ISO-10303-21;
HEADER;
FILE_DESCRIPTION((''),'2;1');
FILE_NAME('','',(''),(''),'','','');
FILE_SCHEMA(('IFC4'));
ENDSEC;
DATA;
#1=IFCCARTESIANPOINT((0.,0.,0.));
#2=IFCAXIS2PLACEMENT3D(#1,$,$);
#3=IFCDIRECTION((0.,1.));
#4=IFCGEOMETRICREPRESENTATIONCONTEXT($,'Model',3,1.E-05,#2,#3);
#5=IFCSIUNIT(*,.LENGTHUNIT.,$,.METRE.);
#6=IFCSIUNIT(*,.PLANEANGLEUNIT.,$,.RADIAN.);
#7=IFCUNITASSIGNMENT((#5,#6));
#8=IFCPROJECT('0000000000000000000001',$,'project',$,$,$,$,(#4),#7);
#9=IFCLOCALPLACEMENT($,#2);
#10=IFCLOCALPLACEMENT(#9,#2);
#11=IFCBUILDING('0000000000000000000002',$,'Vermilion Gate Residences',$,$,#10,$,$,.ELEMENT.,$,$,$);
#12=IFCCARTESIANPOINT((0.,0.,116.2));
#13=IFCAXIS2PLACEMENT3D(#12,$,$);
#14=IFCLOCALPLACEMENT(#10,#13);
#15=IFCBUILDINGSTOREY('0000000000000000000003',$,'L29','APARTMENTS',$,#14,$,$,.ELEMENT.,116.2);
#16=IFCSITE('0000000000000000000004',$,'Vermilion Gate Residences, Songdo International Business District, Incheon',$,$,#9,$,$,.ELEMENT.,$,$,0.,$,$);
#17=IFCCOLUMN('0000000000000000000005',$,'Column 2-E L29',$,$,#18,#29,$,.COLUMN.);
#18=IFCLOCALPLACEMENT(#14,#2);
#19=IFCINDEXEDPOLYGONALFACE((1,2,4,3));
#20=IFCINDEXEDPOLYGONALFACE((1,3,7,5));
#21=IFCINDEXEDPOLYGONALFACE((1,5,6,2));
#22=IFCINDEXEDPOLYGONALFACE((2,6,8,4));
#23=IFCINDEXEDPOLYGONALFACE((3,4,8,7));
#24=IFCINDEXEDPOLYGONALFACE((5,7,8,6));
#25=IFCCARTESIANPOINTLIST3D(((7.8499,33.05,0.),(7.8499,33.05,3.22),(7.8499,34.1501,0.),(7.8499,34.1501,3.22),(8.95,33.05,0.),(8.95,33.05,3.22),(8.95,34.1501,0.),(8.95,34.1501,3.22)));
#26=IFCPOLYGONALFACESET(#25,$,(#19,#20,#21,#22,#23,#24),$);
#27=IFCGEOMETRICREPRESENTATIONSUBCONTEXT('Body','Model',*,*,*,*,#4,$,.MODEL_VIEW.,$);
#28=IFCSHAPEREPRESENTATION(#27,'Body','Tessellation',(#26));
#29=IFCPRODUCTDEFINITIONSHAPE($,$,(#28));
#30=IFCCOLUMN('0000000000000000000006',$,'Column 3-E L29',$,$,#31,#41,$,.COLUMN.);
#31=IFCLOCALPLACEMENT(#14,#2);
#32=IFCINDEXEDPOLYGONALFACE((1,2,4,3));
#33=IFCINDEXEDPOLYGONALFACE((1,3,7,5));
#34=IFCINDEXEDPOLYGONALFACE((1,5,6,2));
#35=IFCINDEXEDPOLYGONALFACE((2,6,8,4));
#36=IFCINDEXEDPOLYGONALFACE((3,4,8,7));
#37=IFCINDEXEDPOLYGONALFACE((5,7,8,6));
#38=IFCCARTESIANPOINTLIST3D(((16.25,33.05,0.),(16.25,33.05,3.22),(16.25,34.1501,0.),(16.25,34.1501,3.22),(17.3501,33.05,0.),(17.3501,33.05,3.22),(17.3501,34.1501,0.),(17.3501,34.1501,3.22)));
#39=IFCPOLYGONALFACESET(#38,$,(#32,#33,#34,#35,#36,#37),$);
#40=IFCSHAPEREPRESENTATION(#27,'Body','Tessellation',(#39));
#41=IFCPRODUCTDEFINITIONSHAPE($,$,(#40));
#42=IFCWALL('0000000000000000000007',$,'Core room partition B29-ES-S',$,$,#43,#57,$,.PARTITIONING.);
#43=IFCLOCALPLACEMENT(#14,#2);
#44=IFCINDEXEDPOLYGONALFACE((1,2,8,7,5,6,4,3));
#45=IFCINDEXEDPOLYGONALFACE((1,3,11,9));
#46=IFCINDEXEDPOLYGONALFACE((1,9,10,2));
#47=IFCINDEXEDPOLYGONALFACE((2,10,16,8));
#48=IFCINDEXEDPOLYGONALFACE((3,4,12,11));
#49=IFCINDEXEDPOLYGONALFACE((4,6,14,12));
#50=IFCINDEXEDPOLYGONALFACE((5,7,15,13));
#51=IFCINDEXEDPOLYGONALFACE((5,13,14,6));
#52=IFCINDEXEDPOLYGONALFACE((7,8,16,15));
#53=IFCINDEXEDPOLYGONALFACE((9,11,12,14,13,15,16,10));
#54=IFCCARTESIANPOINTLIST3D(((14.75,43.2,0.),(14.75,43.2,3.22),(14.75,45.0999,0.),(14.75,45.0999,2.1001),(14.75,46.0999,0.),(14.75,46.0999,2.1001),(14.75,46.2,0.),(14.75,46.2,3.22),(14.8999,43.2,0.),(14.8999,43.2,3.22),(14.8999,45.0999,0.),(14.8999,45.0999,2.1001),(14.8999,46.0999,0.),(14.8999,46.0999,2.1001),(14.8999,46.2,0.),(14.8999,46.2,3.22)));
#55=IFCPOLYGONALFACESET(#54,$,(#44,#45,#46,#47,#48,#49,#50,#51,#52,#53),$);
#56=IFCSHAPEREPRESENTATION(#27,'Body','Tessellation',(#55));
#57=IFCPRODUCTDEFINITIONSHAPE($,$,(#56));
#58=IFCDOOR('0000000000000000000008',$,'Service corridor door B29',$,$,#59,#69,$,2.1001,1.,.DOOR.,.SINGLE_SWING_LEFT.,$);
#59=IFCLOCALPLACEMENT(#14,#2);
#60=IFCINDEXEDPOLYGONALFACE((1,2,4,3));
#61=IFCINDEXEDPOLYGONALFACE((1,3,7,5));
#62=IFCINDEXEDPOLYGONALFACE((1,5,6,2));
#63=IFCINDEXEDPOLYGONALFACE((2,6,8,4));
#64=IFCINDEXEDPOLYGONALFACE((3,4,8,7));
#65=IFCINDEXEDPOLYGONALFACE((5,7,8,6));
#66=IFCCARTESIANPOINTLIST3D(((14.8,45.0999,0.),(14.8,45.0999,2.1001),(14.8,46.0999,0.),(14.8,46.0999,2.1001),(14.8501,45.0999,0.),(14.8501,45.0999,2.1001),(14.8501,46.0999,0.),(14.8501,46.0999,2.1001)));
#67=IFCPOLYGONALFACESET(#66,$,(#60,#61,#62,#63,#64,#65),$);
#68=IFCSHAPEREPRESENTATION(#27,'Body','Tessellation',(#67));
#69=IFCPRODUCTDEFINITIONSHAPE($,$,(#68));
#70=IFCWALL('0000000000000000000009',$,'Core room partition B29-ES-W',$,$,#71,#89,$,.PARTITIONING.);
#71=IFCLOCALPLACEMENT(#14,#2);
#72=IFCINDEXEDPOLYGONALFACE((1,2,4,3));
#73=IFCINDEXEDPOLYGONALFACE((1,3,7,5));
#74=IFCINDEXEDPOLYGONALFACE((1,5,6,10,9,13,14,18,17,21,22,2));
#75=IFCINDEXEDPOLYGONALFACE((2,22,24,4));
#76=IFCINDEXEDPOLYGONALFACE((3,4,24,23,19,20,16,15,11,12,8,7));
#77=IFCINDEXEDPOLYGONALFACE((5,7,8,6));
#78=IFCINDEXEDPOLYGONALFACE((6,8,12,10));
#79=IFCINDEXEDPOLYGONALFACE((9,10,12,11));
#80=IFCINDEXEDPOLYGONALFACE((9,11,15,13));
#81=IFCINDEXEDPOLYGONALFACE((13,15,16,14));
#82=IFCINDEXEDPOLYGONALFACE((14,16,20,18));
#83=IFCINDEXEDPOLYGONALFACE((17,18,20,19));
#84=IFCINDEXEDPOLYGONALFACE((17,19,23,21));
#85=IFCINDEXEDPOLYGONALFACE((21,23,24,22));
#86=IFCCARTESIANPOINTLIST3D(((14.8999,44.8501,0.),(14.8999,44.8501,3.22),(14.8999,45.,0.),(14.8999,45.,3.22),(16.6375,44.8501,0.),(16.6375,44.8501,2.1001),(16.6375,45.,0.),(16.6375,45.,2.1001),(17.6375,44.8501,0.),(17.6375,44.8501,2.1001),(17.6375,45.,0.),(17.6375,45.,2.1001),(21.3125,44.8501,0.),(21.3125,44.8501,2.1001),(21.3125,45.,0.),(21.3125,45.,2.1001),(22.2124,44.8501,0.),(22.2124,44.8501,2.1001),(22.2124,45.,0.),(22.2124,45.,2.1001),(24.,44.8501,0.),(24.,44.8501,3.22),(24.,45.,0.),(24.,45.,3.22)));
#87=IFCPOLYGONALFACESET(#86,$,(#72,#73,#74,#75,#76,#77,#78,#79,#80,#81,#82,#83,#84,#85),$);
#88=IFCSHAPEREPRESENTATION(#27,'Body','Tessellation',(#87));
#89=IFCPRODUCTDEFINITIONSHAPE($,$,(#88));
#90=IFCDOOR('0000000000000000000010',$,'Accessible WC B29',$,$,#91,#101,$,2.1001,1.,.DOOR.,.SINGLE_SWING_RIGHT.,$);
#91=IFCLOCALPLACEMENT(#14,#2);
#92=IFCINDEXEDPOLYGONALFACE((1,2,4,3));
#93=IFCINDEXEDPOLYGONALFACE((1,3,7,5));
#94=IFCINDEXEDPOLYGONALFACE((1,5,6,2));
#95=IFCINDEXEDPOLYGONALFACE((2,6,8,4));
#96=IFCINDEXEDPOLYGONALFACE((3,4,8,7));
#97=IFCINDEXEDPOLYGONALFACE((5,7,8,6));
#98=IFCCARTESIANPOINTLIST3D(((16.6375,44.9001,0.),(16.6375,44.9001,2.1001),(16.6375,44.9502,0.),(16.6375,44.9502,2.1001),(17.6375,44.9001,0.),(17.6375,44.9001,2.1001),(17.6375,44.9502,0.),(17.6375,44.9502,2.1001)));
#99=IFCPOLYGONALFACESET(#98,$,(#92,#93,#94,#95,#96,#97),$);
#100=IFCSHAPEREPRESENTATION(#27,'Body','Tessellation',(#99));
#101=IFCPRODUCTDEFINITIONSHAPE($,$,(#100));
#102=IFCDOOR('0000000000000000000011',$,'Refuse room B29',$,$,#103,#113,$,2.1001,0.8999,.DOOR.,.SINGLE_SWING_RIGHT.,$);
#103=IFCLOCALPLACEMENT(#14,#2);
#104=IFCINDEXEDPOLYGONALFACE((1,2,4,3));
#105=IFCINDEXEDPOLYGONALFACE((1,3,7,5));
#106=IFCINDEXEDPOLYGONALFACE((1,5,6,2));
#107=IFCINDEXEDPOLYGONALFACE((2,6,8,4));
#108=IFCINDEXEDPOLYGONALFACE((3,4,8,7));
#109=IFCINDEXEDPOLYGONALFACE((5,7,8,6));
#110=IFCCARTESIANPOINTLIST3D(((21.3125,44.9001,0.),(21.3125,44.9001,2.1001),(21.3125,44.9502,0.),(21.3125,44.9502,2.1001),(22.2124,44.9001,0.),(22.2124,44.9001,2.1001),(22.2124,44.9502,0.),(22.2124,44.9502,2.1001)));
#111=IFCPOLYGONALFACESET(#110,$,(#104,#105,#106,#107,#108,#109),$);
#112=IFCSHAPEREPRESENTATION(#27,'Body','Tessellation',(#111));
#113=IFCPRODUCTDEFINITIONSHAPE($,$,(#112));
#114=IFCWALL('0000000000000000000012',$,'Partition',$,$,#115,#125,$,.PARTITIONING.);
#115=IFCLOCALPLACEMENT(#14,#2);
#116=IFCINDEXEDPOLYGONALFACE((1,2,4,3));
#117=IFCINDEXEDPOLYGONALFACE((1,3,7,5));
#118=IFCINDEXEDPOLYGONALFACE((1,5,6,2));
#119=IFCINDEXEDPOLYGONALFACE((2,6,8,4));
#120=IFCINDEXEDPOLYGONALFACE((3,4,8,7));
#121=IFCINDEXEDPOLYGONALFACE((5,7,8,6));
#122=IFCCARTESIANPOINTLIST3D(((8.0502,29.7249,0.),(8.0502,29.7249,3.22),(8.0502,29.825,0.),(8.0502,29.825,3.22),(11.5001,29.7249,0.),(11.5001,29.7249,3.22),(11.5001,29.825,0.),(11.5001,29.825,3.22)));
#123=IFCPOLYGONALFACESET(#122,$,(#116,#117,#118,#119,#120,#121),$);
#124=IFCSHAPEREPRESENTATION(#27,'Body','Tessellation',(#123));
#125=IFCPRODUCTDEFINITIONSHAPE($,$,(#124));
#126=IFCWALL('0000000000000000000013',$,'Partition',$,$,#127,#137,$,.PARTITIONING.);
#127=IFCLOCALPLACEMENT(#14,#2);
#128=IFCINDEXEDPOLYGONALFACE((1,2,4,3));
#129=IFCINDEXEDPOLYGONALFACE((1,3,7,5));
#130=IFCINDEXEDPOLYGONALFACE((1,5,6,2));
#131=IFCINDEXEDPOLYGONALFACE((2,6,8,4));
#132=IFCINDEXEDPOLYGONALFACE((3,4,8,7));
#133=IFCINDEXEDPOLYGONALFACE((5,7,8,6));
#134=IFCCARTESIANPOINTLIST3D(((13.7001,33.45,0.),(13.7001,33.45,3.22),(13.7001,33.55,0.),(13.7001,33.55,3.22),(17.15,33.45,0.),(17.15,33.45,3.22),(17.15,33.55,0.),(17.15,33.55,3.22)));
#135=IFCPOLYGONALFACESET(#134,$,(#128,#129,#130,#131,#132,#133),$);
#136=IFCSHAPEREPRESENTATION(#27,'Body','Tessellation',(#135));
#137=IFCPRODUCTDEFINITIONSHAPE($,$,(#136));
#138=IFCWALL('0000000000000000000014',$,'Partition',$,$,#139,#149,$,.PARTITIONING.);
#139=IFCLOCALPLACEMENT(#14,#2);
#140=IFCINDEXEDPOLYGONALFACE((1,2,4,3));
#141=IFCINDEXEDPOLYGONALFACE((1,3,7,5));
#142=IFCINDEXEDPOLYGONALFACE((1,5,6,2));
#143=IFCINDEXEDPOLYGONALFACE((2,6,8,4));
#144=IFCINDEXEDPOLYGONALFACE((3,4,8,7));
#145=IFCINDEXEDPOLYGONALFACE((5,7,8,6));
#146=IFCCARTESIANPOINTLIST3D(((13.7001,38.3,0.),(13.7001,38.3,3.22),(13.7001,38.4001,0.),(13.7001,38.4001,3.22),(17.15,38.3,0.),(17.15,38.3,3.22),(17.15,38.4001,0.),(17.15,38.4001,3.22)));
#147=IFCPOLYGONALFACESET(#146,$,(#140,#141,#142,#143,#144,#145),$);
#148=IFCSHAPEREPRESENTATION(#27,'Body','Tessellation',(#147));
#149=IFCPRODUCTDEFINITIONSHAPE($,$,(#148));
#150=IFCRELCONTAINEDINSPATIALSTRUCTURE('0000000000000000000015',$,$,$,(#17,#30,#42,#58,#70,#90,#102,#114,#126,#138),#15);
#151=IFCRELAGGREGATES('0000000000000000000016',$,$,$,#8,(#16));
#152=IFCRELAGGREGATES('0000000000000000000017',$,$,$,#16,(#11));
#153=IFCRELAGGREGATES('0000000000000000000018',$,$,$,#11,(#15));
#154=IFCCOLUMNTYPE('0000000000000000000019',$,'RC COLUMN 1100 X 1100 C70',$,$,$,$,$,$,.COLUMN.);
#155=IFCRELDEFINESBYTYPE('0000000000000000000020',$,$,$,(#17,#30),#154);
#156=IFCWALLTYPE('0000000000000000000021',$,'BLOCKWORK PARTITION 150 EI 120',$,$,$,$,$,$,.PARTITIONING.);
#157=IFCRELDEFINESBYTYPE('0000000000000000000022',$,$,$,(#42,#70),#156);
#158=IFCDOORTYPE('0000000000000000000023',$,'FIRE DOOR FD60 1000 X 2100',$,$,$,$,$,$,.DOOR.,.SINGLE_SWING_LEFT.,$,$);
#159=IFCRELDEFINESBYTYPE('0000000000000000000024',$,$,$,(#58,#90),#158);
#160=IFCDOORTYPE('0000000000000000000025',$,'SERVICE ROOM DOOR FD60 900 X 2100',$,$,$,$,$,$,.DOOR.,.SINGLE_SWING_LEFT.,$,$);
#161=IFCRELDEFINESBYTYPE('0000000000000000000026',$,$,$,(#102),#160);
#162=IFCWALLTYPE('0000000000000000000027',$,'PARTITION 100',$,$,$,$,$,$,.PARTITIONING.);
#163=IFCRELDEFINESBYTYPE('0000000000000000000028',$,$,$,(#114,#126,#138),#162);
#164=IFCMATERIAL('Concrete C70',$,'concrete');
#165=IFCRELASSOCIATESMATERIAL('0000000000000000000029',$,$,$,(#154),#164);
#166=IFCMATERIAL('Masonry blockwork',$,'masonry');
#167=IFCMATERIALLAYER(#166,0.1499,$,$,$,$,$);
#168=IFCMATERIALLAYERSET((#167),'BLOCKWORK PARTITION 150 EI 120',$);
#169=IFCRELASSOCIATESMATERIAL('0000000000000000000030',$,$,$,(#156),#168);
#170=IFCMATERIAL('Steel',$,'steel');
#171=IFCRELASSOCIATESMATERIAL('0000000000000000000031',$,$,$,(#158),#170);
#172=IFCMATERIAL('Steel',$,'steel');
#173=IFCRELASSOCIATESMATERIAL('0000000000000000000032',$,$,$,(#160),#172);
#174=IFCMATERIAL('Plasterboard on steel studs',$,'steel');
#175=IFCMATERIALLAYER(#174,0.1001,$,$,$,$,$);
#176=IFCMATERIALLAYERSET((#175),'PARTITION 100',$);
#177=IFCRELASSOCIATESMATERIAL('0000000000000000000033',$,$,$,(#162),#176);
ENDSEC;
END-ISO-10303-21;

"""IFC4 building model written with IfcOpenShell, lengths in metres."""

from ifc_helpers import new_model, si_unit, direction, frame, frame_2d, origin, origin_2d, place, context, subcontext, project, spatial, rectangle, extrude, material, layer, layer_set, material_profile, profile_set, type_object, element, fill, save


model = new_model("IFC4")

# Units and contexts
model_context = context("Model", 3, precision=1e-05, world=origin(), true_north=direction((0.0, 1.0)))
body_context = subcontext(model_context, "Body", "Model", "MODEL_VIEW")
ifc_project = project(units=[si_unit("LENGTHUNIT", "METRE"), si_unit("PLANEANGLEUNIT", "RADIAN")], contexts=[model_context])

# Site, building, storey
site_placement = place(None, origin())
site = spatial("IfcSite", under=ifc_project, at=site_placement, Name="Vermilion Gate Residences, Songdo International Business District, Incheon", CompositionType="ELEMENT", RefElevation=0.0)
building_placement = place(site_placement, origin())
building = spatial("IfcBuilding", under=site, at=building_placement, Name="Vermilion Gate Residences", CompositionType="ELEMENT")
storey_placement = place(building_placement, frame((0.0, 0.0, 116.2)))
storey = spatial("IfcBuildingStorey", under=building, at=storey_placement, Name="L29", Description="APARTMENTS", CompositionType="ELEMENT", Elevation=116.2)

# Columns
ifc_material_1 = material(Name="Concrete C70", Category="concrete")
ifc_material_profile = material_profile(ifc_material_1, rectangle(XDim=1.1001, YDim=1.1001, at=origin_2d()), Name="RC-1100x1100")
ifc_profile_set = profile_set([ifc_material_profile], Name="Concrete C70")
column_type = type_object("IfcColumnType", Name="RC COLUMN 1100 X 1100 C70", PredefinedType="COLUMN", material=ifc_profile_set)
for number, where, z_axis, x_axis, name in (
    (1, (8.3999, 33.6001, 0.0), (0.0, 0.0, 1.0), (1.0, 0.0, 0.0), "Column 2-E L29"),
    (2, (16.8, 33.6001, 0.0), (0.0, 0.0, 1.0), (1.0, 0.0, 0.0), "Column 3-E L29"),
):
    element("IfcColumn", number, at=place(storey_placement, frame(where, z_axis=z_axis, x_axis=x_axis)), inside=storey, type_object=column_type, Name=name, PredefinedType="COLUMN", context=body_context, shape_type="SweptSolid", body=[
        extrude(rectangle(XDim=1.1001, YDim=1.1001, at=origin_2d()), origin(), (0.0, 0.0, 1.0), 3.22),
    ])

# Wall, opening, door
ifc_material_2 = material(Name="Masonry blockwork", Category="masonry")
ifc_layer_1 = layer(ifc_material_2, 0.1499)
ifc_layer_set_1 = layer_set([ifc_layer_1], Name="BLOCKWORK PARTITION 150 EI 120")
wall_type_1 = type_object("IfcWallType", Name="BLOCKWORK PARTITION 150 EI 120", PredefinedType="PARTITIONING", material=ifc_layer_set_1)
wall_1_placement = place(storey_placement, frame((14.825, 46.2, 0.0), z_axis=(0.0, 0.0, 1.0), x_axis=(0.0, -1.0, 0.0)))
wall_1 = element("IfcWall", 3, at=wall_1_placement, inside=storey, type_object=wall_type_1, Name="Core room partition B29-ES-S", PredefinedType="PARTITIONING", context=body_context, shape_type="SweptSolid", body=[
    extrude(rectangle(XDim=3.0, YDim=0.1499, at=frame_2d((1.5, 0.0))), origin(), (0.0, 0.0, 1.0), 3.22),
])
opening_1_placement = place(wall_1_placement, frame((0.1001, 0.0, 0.0)))
opening_1 = element("IfcOpeningElement", 4, at=opening_1_placement, cuts=wall_1, PredefinedType="OPENING", context=body_context, shape_type="SweptSolid", body=[
    extrude(rectangle(XDim=1.0, YDim=2.1001, at=frame_2d((0.5, 1.05))), frame((0.0, 0.085, 0.0), z_axis=(0.0, -1.0, 0.0), x_axis=(1.0, 0.0, 0.0)), (0.0, 0.0, 1.0), 0.1699),
])
ifc_material_3 = material(Name="Steel", Category="steel")
door_type_1 = type_object("IfcDoorType", Name="FIRE DOOR FD60 1000 X 2100", OperationType="SINGLE_SWING_LEFT", PredefinedType="DOOR", material=ifc_material_3)
door_1_placement = place(opening_1_placement, frame((1.0, 0.0, 0.0), z_axis=(0.0, 0.0, 1.0), x_axis=(-1.0, 0.0, 0.0)))
door_1 = element("IfcDoor", 5, at=door_1_placement, inside=storey, type_object=door_type_1, Name="Service corridor door B29", OperationType="SINGLE_SWING_LEFT", OverallHeight=2.1001, OverallWidth=1.0, PredefinedType="DOOR", context=body_context, shape_type="SweptSolid", body=[
    extrude(rectangle(XDim=1.0, YDim=2.1001, at=frame_2d((0.5, 1.05))), frame((0.0, 0.0249, 0.0), z_axis=(0.0, -1.0, 0.0), x_axis=(1.0, 0.0, 0.0)), (0.0, 0.0, 1.0), 0.05),
])
fill(opening_1, door_1)

# Wall, openings, doors
wall_2_placement = place(storey_placement, frame((14.8999, 44.925, 0.0), z_axis=(0.0, 0.0, 1.0), x_axis=(1.0, 0.0, 0.0)))
wall_2 = element("IfcWall", 6, at=wall_2_placement, inside=storey, type_object=wall_type_1, Name="Core room partition B29-ES-W", PredefinedType="PARTITIONING", context=body_context, shape_type="SweptSolid", body=[
    extrude(rectangle(XDim=9.1001, YDim=0.1499, at=frame_2d((4.55, 0.0))), origin(), (0.0, 0.0, 1.0), 3.22),
])
opening_2_placement = place(wall_2_placement, frame((1.7375, 0.0, 0.0)))
opening_2 = element("IfcOpeningElement", 7, at=opening_2_placement, cuts=wall_2, PredefinedType="OPENING", context=body_context, shape_type="SweptSolid", body=[
    extrude(rectangle(XDim=1.0, YDim=2.1001, at=frame_2d((0.5, 1.05))), frame((0.0, 0.085, 0.0), z_axis=(0.0, -1.0, 0.0), x_axis=(1.0, 0.0, 0.0)), (0.0, 0.0, 1.0), 0.1699),
])
opening_3_placement = place(wall_2_placement, frame((6.4126, 0.0, 0.0)))
opening_3 = element("IfcOpeningElement", 8, at=opening_3_placement, cuts=wall_2, PredefinedType="OPENING", context=body_context, shape_type="SweptSolid", body=[
    extrude(rectangle(XDim=0.8999, YDim=2.1001, at=frame_2d((0.45, 1.05))), frame((0.0, 0.085, 0.0), z_axis=(0.0, -1.0, 0.0), x_axis=(1.0, 0.0, 0.0)), (0.0, 0.0, 1.0), 0.1699),
])
door_2_placement = place(opening_2_placement, frame((1.0, 0.0, 0.0), z_axis=(0.0, 0.0, 1.0), x_axis=(-1.0, 0.0, 0.0)))
door_2 = element("IfcDoor", 9, at=door_2_placement, inside=storey, type_object=door_type_1, Name="Accessible WC B29", OperationType="SINGLE_SWING_RIGHT", OverallHeight=2.1001, OverallWidth=1.0, PredefinedType="DOOR", context=body_context, shape_type="SweptSolid", body=[
    extrude(rectangle(XDim=1.0, YDim=2.1001, at=frame_2d((0.5, 1.05))), frame((0.0, 0.0249, 0.0), z_axis=(0.0, -1.0, 0.0), x_axis=(1.0, 0.0, 0.0)), (0.0, 0.0, 1.0), 0.05),
])
fill(opening_2, door_2)
ifc_material_4 = material(Name="Steel", Category="steel")
door_type_2 = type_object("IfcDoorType", Name="SERVICE ROOM DOOR FD60 900 X 2100", OperationType="SINGLE_SWING_LEFT", PredefinedType="DOOR", material=ifc_material_4)
door_3_placement = place(opening_3_placement, frame((0.8999, 0.0, 0.0), z_axis=(0.0, 0.0, 1.0), x_axis=(-1.0, 0.0, 0.0)))
door_3 = element("IfcDoor", 10, at=door_3_placement, inside=storey, type_object=door_type_2, Name="Refuse room B29", OperationType="SINGLE_SWING_RIGHT", OverallHeight=2.1001, OverallWidth=0.8999, PredefinedType="DOOR", context=body_context, shape_type="SweptSolid", body=[
    extrude(rectangle(XDim=0.8999, YDim=2.1001, at=frame_2d((0.45, 1.05))), frame((0.0, 0.0249, 0.0), z_axis=(0.0, -1.0, 0.0), x_axis=(1.0, 0.0, 0.0)), (0.0, 0.0, 1.0), 0.05),
])
fill(opening_3, door_3)

# Walls
ifc_material_5 = material(Name="Plasterboard on steel studs", Category="steel")
ifc_layer_2 = layer(ifc_material_5, 0.1001)
ifc_layer_set_2 = layer_set([ifc_layer_2], Name="PARTITION 100")
wall_type_2 = type_object("IfcWallType", Name="PARTITION 100", PredefinedType="PARTITIONING", material=ifc_layer_set_2)
for number, where, z_axis, x_axis, name in (
    (11, (8.05, 29.7749, 0.0), (0.0, 0.0, 1.0), (1.0, 0.0, 0.0), "Partition"),
    (12, (13.7, 33.5, 0.0), (0.0, 0.0, 1.0), (1.0, 0.0, 0.0), "Partition"),
    (13, (13.7, 38.3501, 0.0), (0.0, 0.0, 1.0), (1.0, 0.0, 0.0), "Partition"),
):
    element("IfcWall", number, at=place(storey_placement, frame(where, z_axis=z_axis, x_axis=x_axis)), inside=storey, type_object=wall_type_2, Name=name, PredefinedType="PARTITIONING", context=body_context, shape_type="SweptSolid", body=[
        extrude(rectangle(XDim=3.45, YDim=0.1001, at=frame_2d((1.7251, 0.0))), origin(), (0.0, 0.0, 1.0), 3.22),
    ])

save(model, "model.ifc")
